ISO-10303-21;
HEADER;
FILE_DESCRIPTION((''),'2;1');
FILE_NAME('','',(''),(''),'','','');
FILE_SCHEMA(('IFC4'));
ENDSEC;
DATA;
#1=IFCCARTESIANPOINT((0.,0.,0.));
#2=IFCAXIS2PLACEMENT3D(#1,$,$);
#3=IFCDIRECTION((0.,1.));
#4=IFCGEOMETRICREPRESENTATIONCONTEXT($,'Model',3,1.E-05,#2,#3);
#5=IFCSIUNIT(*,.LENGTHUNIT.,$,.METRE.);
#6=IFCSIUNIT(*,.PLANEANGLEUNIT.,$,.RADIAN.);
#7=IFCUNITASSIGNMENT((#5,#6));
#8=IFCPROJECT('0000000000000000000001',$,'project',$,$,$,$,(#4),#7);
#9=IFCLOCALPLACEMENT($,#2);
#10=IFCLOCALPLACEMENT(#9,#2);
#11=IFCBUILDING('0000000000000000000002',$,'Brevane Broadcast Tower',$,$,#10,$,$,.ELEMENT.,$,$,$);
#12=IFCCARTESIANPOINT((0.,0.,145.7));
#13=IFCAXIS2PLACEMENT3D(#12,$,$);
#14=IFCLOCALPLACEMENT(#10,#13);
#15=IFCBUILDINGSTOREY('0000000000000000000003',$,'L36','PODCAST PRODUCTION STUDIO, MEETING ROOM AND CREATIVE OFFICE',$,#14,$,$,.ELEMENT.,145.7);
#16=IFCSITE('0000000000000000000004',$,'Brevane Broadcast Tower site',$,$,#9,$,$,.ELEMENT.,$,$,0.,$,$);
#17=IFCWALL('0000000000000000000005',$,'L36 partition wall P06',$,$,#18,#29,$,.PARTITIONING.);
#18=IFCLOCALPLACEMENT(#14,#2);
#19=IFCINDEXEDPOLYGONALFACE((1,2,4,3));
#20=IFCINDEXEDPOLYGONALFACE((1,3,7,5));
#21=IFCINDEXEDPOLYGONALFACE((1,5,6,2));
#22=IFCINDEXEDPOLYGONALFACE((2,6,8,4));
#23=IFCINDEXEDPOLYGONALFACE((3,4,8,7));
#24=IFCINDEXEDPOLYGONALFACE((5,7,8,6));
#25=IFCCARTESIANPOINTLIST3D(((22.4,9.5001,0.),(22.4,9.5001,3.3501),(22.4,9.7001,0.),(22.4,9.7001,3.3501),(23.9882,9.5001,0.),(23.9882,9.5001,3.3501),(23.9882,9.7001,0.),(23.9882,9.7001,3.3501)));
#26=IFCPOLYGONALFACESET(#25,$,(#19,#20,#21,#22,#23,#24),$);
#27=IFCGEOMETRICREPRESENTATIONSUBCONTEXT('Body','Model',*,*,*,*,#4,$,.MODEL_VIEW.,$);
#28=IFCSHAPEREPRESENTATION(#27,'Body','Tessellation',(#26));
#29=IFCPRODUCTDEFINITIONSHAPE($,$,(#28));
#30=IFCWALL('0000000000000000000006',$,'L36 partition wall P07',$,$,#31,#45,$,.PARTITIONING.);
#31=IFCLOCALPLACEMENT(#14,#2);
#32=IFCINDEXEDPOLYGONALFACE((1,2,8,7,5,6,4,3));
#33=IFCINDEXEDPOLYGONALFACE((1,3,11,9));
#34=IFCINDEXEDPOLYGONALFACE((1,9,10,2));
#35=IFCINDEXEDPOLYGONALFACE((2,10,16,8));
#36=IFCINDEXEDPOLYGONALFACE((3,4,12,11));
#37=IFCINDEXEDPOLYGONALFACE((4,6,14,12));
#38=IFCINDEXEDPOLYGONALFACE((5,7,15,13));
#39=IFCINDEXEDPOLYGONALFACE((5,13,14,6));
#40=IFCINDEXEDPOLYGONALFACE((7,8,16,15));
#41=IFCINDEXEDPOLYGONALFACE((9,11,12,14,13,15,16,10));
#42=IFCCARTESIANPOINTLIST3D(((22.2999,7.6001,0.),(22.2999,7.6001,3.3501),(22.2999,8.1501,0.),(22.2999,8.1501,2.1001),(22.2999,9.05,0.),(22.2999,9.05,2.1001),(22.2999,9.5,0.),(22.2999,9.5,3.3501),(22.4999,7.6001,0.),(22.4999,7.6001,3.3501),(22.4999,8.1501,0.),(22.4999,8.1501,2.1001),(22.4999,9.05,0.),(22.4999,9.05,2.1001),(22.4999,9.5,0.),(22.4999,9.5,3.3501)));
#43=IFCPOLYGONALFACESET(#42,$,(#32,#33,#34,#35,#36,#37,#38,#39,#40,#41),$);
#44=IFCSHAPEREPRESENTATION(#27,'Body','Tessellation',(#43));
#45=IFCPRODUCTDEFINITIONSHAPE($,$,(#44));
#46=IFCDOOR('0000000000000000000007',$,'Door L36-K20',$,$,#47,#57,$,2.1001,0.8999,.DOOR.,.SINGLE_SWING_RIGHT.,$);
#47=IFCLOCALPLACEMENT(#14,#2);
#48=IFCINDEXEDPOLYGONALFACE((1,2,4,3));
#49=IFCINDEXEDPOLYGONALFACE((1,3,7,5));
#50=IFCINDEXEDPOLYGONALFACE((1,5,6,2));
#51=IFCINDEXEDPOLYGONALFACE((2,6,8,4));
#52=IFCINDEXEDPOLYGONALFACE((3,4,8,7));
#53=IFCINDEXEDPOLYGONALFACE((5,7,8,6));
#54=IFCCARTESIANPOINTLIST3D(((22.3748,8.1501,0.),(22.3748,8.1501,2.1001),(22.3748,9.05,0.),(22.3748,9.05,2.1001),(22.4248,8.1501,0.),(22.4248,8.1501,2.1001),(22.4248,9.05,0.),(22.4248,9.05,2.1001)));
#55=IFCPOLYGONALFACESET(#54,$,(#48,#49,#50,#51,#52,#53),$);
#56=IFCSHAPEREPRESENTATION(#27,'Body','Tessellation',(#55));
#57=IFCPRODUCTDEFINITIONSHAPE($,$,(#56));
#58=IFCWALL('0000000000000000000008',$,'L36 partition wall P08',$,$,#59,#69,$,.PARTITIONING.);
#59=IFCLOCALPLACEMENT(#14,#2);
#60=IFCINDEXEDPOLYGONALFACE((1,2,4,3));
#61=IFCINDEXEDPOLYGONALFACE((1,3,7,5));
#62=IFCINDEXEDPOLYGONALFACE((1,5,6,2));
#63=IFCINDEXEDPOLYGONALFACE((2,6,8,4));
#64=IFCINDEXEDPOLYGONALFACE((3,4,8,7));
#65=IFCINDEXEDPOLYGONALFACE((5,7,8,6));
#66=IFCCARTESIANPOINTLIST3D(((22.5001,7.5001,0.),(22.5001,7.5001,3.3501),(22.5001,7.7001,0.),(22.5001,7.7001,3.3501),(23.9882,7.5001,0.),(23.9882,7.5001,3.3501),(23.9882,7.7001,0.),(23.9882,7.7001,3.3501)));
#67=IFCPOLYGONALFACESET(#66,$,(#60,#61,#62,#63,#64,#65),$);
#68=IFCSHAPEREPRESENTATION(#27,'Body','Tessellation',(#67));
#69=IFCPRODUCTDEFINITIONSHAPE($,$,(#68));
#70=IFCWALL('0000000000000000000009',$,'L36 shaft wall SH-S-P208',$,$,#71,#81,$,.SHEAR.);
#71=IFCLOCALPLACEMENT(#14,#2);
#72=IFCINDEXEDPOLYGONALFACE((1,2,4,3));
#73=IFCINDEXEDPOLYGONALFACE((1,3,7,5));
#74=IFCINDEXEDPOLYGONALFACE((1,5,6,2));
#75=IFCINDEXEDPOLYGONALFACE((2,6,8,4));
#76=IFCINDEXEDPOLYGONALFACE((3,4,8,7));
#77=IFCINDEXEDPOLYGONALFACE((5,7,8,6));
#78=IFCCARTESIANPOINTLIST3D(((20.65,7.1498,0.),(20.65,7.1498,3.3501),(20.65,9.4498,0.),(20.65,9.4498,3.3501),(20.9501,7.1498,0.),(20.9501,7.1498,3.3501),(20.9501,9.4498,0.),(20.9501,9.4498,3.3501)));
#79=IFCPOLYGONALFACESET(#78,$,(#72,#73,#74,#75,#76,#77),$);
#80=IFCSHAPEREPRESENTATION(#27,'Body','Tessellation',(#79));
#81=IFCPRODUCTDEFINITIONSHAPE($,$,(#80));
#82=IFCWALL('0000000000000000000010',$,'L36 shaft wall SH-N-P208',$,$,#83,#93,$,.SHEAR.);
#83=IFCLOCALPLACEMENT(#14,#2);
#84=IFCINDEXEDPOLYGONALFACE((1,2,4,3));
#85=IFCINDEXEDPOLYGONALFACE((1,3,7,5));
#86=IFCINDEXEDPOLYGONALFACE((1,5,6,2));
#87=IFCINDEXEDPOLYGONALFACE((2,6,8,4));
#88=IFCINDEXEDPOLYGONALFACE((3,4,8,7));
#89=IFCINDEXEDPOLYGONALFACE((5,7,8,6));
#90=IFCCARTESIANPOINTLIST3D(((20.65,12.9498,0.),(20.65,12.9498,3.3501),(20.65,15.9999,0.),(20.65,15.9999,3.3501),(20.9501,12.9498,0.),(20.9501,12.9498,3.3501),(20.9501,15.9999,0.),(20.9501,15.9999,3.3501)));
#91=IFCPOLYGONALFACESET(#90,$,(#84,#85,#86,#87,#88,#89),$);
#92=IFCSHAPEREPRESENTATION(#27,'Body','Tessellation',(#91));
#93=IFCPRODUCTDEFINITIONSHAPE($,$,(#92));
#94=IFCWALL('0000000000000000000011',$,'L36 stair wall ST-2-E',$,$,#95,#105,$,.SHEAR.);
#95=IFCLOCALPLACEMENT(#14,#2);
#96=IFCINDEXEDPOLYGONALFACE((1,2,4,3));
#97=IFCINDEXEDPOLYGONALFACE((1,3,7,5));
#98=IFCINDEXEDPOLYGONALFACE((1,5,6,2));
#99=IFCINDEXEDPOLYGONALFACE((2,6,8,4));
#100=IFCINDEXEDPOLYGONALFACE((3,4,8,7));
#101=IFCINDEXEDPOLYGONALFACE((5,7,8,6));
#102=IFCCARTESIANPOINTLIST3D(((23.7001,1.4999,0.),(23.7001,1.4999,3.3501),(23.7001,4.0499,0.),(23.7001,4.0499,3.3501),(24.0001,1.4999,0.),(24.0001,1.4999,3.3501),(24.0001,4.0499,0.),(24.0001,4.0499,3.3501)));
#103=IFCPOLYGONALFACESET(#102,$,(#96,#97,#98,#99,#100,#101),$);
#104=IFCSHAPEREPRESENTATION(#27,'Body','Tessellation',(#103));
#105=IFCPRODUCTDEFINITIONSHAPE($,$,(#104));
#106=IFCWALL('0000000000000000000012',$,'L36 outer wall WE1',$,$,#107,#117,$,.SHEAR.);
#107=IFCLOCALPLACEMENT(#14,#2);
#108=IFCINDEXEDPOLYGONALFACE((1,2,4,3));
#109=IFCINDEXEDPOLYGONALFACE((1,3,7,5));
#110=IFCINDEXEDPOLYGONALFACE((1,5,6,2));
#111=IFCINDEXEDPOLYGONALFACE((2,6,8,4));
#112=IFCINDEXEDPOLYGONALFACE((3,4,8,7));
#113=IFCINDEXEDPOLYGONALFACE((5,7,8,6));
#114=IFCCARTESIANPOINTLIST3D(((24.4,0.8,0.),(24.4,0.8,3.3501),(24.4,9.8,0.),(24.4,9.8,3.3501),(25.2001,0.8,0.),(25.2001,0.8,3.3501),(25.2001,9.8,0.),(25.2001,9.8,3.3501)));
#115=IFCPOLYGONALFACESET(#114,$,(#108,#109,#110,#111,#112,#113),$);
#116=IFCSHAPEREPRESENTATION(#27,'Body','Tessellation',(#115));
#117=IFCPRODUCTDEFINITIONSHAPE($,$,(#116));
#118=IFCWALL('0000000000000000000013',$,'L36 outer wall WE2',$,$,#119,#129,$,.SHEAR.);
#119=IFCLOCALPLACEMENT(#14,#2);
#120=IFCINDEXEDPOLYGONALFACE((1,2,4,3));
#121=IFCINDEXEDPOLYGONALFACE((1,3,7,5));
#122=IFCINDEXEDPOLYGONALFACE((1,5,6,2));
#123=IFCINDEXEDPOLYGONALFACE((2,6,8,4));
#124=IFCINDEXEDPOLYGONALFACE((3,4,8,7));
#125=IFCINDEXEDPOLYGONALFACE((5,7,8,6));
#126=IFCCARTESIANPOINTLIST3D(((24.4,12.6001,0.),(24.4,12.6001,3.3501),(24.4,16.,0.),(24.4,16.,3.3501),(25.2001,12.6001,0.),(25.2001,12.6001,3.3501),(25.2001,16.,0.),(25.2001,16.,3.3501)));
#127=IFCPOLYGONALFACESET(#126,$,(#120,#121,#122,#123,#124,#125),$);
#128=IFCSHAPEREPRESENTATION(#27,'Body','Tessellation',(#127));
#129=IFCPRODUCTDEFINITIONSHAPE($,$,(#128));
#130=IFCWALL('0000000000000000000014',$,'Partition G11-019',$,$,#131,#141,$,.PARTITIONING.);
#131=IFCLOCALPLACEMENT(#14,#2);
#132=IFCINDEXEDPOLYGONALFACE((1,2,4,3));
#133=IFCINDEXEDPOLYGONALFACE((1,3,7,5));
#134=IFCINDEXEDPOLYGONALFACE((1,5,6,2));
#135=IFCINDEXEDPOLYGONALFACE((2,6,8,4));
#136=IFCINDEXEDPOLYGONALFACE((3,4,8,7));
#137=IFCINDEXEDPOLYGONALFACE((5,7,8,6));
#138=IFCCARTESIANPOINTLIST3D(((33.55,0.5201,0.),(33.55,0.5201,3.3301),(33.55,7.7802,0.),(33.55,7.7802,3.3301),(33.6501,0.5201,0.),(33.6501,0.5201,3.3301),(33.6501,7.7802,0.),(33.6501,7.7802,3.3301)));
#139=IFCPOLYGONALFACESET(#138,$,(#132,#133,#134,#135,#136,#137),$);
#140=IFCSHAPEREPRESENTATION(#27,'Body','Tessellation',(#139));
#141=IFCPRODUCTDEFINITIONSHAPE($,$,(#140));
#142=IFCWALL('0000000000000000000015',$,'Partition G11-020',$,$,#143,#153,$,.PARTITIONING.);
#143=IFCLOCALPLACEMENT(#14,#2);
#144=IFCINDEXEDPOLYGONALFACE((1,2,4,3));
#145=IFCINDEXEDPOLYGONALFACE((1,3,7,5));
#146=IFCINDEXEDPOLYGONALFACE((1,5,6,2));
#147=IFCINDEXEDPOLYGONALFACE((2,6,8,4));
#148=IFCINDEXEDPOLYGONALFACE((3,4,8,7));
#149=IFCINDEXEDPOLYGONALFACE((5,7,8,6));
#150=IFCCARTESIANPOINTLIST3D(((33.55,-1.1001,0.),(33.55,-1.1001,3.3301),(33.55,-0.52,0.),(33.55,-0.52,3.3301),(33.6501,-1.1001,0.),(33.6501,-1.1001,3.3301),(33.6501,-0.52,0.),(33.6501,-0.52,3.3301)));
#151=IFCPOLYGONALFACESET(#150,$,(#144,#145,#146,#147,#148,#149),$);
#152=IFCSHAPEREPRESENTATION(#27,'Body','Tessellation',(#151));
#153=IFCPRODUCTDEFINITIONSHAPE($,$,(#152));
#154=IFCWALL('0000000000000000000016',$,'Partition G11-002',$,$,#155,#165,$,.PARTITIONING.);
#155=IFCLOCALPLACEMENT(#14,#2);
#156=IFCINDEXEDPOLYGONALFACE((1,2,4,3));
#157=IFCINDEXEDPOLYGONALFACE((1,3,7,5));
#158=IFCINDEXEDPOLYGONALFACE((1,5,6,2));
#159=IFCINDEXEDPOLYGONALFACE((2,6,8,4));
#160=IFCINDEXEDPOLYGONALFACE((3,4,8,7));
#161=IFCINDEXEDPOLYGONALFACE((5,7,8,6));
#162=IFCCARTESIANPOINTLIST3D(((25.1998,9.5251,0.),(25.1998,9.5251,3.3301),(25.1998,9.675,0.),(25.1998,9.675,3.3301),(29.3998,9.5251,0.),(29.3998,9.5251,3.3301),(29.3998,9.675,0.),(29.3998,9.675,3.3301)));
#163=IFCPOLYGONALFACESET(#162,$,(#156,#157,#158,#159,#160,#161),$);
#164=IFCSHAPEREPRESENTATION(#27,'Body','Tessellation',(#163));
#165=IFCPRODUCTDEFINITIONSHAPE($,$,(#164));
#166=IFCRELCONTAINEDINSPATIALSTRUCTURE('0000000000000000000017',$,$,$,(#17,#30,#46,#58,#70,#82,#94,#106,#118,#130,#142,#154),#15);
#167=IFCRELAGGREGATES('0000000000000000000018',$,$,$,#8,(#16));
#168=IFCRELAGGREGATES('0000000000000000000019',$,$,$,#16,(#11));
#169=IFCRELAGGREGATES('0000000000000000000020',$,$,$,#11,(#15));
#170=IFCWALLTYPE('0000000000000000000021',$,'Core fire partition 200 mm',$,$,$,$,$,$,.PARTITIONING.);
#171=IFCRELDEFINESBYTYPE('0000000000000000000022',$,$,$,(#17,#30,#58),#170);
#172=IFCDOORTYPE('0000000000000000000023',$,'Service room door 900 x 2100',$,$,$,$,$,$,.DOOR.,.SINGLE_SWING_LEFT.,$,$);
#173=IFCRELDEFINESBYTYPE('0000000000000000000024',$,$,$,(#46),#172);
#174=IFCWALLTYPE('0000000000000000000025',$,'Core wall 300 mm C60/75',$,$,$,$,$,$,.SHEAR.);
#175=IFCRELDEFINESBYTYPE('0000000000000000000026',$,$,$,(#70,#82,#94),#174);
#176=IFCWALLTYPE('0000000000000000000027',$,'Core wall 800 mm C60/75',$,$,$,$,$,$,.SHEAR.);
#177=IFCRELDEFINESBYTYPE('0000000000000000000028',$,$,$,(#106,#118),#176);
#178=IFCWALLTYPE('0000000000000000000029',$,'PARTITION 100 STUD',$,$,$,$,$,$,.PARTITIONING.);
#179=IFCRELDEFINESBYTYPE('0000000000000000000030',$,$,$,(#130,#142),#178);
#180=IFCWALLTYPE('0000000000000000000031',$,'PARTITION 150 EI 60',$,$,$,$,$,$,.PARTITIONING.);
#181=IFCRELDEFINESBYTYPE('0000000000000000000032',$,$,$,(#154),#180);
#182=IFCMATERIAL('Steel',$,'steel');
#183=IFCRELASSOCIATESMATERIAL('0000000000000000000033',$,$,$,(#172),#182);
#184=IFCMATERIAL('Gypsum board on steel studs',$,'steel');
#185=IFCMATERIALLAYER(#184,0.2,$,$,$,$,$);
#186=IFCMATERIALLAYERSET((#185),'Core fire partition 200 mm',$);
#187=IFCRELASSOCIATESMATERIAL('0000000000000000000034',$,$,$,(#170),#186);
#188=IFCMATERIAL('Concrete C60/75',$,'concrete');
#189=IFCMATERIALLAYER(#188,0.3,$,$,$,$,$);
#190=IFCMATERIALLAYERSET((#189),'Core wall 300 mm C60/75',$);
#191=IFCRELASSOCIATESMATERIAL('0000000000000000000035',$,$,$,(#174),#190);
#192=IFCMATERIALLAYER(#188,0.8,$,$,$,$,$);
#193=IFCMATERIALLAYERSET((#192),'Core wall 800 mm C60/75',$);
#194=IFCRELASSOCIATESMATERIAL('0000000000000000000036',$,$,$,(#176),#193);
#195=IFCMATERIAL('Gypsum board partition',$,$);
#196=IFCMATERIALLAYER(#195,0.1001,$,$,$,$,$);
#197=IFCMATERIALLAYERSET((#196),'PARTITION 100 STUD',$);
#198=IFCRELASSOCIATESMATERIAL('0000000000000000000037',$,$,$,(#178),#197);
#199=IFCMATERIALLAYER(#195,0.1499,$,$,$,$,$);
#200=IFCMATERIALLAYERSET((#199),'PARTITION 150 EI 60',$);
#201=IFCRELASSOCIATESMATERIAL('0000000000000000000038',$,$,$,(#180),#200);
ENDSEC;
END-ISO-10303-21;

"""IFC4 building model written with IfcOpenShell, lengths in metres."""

from ifc_helpers import new_model, si_unit, direction, frame, frame_2d, origin, place, context, subcontext, project, spatial, rectangle, extrude, material, layer, layer_set, type_object, element, fill, save


model = new_model("IFC4")

# Units and contexts
model_context = context("Model", 3, precision=1e-05, world=origin(), true_north=direction((0.0, 1.0)))
body_context = subcontext(model_context, "Body", "Model", "MODEL_VIEW")
ifc_project = project(units=[si_unit("LENGTHUNIT", "METRE"), si_unit("PLANEANGLEUNIT", "RADIAN")], contexts=[model_context])

# Site, building, storey
site_placement = place(None, origin())
site = spatial("IfcSite", under=ifc_project, at=site_placement, Name="Brevane Broadcast Tower site", CompositionType="ELEMENT", RefElevation=0.0)
building_placement = place(site_placement, origin())
building = spatial("IfcBuilding", under=site, at=building_placement, Name="Brevane Broadcast Tower", CompositionType="ELEMENT")
storey_placement = place(building_placement, frame((0.0, 0.0, 145.7)))
storey = spatial("IfcBuildingStorey", under=building, at=storey_placement, Name="L36", Description="PODCAST PRODUCTION STUDIO, MEETING ROOM AND CREATIVE OFFICE", CompositionType="ELEMENT", Elevation=145.7)

# Shared definitions
ifc_material_1 = material(Name="Concrete C60/75", Category="concrete")

# Shared definitions
ifc_material_2 = material(Name="Gypsum board on steel studs", Category="steel")
ifc_material_3 = material(Name="Steel", Category="steel")
door_type_1 = type_object("IfcDoorType", Name="Service room door 900 x 2100", OperationType="SINGLE_SWING_LEFT", PredefinedType="DOOR", material=ifc_material_3)

# Wall
ifc_layer_1 = layer(ifc_material_2, 0.2)
ifc_layer_set_1 = layer_set([ifc_layer_1], Name="Core fire partition 200 mm")
wall_type_1 = type_object("IfcWallType", Name="Core fire partition 200 mm", PredefinedType="PARTITIONING", material=ifc_layer_set_1)
wall_1_placement = place(storey_placement, frame((23.988, 9.6001, 0.0), z_axis=(0.0, 0.0, 1.0), x_axis=(-1.0, 0.0, 0.0)))
element("IfcWall", 1, at=wall_1_placement, inside=storey, type_object=wall_type_1, Name="L36 partition wall P06", PredefinedType="PARTITIONING", context=body_context, shape_type="SweptSolid", body=[
    extrude(rectangle(XDim=1.5881, YDim=0.2, at=frame_2d((0.7939, 0.0))), origin(), (0.0, 0.0, 1.0), 3.3501),
])

# Wall, opening, door
wall_2_placement = place(storey_placement, frame((22.3999, 9.5, 0.0), z_axis=(0.0, 0.0, 1.0), x_axis=(0.0, -1.0, 0.0)))
wall_2 = element("IfcWall", 2, at=wall_2_placement, inside=storey, type_object=wall_type_1, Name="L36 partition wall P07", PredefinedType="PARTITIONING", context=body_context, shape_type="SweptSolid", body=[
    extrude(rectangle(XDim=1.8999, YDim=0.2, at=frame_2d((0.95, 0.0))), origin(), (0.0, 0.0, 1.0), 3.3501),
])
opening_1_placement = place(wall_2_placement, frame((0.45, 0.0, 0.0)))
opening_1 = element("IfcOpeningElement", 3, at=opening_1_placement, cuts=wall_2, PredefinedType="OPENING", context=body_context, shape_type="SweptSolid", body=[
    extrude(rectangle(XDim=0.8999, YDim=2.1001, at=frame_2d((0.45, 1.05))), frame((0.0, 0.1099, 0.0), z_axis=(0.0, -1.0, 0.0), x_axis=(1.0, 0.0, 0.0)), (0.0, 0.0, 1.0), 0.22),
])
door_1_placement = place(opening_1_placement, origin())
door_1 = element("IfcDoor", 4, at=door_1_placement, inside=storey, type_object=door_type_1, Name="Door L36-K20", OperationType="SINGLE_SWING_RIGHT", OverallHeight=2.1001, OverallWidth=0.8999, PredefinedType="DOOR", context=body_context, shape_type="SweptSolid", body=[
    extrude(rectangle(XDim=0.8999, YDim=2.1001, at=frame_2d((0.45, 1.05))), frame((0.0, 0.0249, 0.0), z_axis=(0.0, -1.0, 0.0), x_axis=(1.0, 0.0, 0.0)), (0.0, 0.0, 1.0), 0.05),
])
fill(opening_1, door_1)

# Walls
wall_3_placement = place(storey_placement, frame((22.5, 7.6001, 0.0), z_axis=(0.0, 0.0, 1.0), x_axis=(1.0, 0.0, 0.0)))
element("IfcWall", 5, at=wall_3_placement, inside=storey, type_object=wall_type_1, Name="L36 partition wall P08", PredefinedType="PARTITIONING", context=body_context, shape_type="SweptSolid", body=[
    extrude(rectangle(XDim=1.488, YDim=0.2, at=frame_2d((0.7441, 0.0))), origin(), (0.0, 0.0, 1.0), 3.3501),
])
ifc_layer_2 = layer(ifc_material_1, 0.3)
ifc_layer_set_2 = layer_set([ifc_layer_2], Name="Core wall 300 mm C60/75")
wall_type_2 = type_object("IfcWallType", Name="Core wall 300 mm C60/75", PredefinedType="SHEAR", material=ifc_layer_set_2)
wall_4_placement = place(storey_placement, frame((20.8, 7.1499, 0.0), z_axis=(0.0, 0.0, 1.0), x_axis=(0.0, 1.0, 0.0)))
element("IfcWall", 6, at=wall_4_placement, inside=storey, type_object=wall_type_2, Name="L36 shaft wall SH-S-P208", PredefinedType="SHEAR", context=body_context, shape_type="SweptSolid", body=[
    extrude(rectangle(XDim=2.3, YDim=0.3, at=frame_2d((1.1499, 0.0))), origin(), (0.0, 0.0, 1.0), 3.3501),
])
wall_5_placement = place(storey_placement, frame((20.8, 12.95, 0.0), z_axis=(0.0, 0.0, 1.0), x_axis=(0.0, 1.0, 0.0)))
element("IfcWall", 7, at=wall_5_placement, inside=storey, type_object=wall_type_2, Name="L36 shaft wall SH-N-P208", PredefinedType="SHEAR", context=body_context, shape_type="SweptSolid", body=[
    extrude(rectangle(XDim=3.05, YDim=0.3, at=frame_2d((1.5249, 0.0))), origin(), (0.0, 0.0, 1.0), 3.3501),
])
wall_6_placement = place(storey_placement, frame((23.8501, 1.5, 0.0), z_axis=(0.0, 0.0, 1.0), x_axis=(0.0, 1.0, 0.0)))
element("IfcWall", 8, at=wall_6_placement, inside=storey, type_object=wall_type_2, Name="L36 stair wall ST-2-E", PredefinedType="SHEAR", context=body_context, shape_type="SweptSolid", body=[
    extrude(rectangle(XDim=2.55, YDim=0.3, at=frame_2d((1.2749, 0.0))), origin(), (0.0, 0.0, 1.0), 3.3501),
])
ifc_layer_3 = layer(ifc_material_1, 0.8)
ifc_layer_set_3 = layer_set([ifc_layer_3], Name="Core wall 800 mm C60/75")
wall_type_3 = type_object("IfcWallType", Name="Core wall 800 mm C60/75", PredefinedType="SHEAR", material=ifc_layer_set_3)
wall_7_placement = place(storey_placement, frame((24.8, 0.8, 0.0), z_axis=(0.0, 0.0, 1.0), x_axis=(0.0, 1.0, 0.0)))
element("IfcWall", 9, at=wall_7_placement, inside=storey, type_object=wall_type_3, Name="L36 outer wall WE1", PredefinedType="SHEAR", context=body_context, shape_type="SweptSolid", body=[
    extrude(rectangle(XDim=9.0, YDim=0.8, at=frame_2d((4.5, 0.0))), origin(), (0.0, 0.0, 1.0), 3.3501),
])
wall_8_placement = place(storey_placement, frame((24.8, 12.6001, 0.0), z_axis=(0.0, 0.0, 1.0), x_axis=(0.0, 1.0, 0.0)))
element("IfcWall", 10, at=wall_8_placement, inside=storey, type_object=wall_type_3, Name="L36 outer wall WE2", PredefinedType="SHEAR", context=body_context, shape_type="SweptSolid", body=[
    extrude(rectangle(XDim=3.3999, YDim=0.8, at=frame_2d((1.7, 0.0))), origin(), (0.0, 0.0, 1.0), 3.3501),
])
ifc_material_4 = material(Name="Gypsum board partition")
ifc_layer_4 = layer(ifc_material_4, 0.1001)
ifc_layer_set_4 = layer_set([ifc_layer_4], Name="PARTITION 100 STUD")
wall_type_4 = type_object("IfcWallType", Name="PARTITION 100 STUD", PredefinedType="PARTITIONING", material=ifc_layer_set_4)
wall_9_placement = place(storey_placement, frame((33.6001, 7.78, 0.0), z_axis=(0.0, 0.0, 1.0), x_axis=(0.0, -1.0, 0.0)))
element("IfcWall", 11, at=wall_9_placement, inside=storey, type_object=wall_type_4, Name="Partition G11-019", PredefinedType="PARTITIONING", context=body_context, shape_type="SweptSolid", body=[
    extrude(rectangle(XDim=7.26, YDim=0.1001, at=frame_2d((3.6299, 0.0))), origin(), (0.0, 0.0, 1.0), 3.3301),
])
wall_10_placement = place(storey_placement, frame((33.6001, -0.52, 0.0), z_axis=(0.0, 0.0, 1.0), x_axis=(0.0, -1.0, 0.0)))
element("IfcWall", 12, at=wall_10_placement, inside=storey, type_object=wall_type_4, Name="Partition G11-020", PredefinedType="PARTITIONING", context=body_context, shape_type="SweptSolid", body=[
    extrude(rectangle(XDim=0.5801, YDim=0.1001, at=frame_2d((0.29, 0.0))), origin(), (0.0, 0.0, 1.0), 3.3301),
])
ifc_layer_5 = layer(ifc_material_4, 0.1499)
ifc_layer_set_5 = layer_set([ifc_layer_5], Name="PARTITION 150 EI 60")
wall_type_5 = type_object("IfcWallType", Name="PARTITION 150 EI 60", PredefinedType="PARTITIONING", material=ifc_layer_set_5)
wall_11_placement = place(storey_placement, frame((29.3999, 9.6001, 0.0), z_axis=(0.0, 0.0, 1.0), x_axis=(-1.0, 0.0, 0.0)))
element("IfcWall", 13, at=wall_11_placement, inside=storey, type_object=wall_type_5, Name="Partition G11-002", PredefinedType="PARTITIONING", context=body_context, shape_type="SweptSolid", body=[
    extrude(rectangle(XDim=4.2, YDim=0.1499, at=frame_2d((2.1001, 0.0))), origin(), (0.0, 0.0, 1.0), 3.3301),
])

save(model, "model.ifc")
